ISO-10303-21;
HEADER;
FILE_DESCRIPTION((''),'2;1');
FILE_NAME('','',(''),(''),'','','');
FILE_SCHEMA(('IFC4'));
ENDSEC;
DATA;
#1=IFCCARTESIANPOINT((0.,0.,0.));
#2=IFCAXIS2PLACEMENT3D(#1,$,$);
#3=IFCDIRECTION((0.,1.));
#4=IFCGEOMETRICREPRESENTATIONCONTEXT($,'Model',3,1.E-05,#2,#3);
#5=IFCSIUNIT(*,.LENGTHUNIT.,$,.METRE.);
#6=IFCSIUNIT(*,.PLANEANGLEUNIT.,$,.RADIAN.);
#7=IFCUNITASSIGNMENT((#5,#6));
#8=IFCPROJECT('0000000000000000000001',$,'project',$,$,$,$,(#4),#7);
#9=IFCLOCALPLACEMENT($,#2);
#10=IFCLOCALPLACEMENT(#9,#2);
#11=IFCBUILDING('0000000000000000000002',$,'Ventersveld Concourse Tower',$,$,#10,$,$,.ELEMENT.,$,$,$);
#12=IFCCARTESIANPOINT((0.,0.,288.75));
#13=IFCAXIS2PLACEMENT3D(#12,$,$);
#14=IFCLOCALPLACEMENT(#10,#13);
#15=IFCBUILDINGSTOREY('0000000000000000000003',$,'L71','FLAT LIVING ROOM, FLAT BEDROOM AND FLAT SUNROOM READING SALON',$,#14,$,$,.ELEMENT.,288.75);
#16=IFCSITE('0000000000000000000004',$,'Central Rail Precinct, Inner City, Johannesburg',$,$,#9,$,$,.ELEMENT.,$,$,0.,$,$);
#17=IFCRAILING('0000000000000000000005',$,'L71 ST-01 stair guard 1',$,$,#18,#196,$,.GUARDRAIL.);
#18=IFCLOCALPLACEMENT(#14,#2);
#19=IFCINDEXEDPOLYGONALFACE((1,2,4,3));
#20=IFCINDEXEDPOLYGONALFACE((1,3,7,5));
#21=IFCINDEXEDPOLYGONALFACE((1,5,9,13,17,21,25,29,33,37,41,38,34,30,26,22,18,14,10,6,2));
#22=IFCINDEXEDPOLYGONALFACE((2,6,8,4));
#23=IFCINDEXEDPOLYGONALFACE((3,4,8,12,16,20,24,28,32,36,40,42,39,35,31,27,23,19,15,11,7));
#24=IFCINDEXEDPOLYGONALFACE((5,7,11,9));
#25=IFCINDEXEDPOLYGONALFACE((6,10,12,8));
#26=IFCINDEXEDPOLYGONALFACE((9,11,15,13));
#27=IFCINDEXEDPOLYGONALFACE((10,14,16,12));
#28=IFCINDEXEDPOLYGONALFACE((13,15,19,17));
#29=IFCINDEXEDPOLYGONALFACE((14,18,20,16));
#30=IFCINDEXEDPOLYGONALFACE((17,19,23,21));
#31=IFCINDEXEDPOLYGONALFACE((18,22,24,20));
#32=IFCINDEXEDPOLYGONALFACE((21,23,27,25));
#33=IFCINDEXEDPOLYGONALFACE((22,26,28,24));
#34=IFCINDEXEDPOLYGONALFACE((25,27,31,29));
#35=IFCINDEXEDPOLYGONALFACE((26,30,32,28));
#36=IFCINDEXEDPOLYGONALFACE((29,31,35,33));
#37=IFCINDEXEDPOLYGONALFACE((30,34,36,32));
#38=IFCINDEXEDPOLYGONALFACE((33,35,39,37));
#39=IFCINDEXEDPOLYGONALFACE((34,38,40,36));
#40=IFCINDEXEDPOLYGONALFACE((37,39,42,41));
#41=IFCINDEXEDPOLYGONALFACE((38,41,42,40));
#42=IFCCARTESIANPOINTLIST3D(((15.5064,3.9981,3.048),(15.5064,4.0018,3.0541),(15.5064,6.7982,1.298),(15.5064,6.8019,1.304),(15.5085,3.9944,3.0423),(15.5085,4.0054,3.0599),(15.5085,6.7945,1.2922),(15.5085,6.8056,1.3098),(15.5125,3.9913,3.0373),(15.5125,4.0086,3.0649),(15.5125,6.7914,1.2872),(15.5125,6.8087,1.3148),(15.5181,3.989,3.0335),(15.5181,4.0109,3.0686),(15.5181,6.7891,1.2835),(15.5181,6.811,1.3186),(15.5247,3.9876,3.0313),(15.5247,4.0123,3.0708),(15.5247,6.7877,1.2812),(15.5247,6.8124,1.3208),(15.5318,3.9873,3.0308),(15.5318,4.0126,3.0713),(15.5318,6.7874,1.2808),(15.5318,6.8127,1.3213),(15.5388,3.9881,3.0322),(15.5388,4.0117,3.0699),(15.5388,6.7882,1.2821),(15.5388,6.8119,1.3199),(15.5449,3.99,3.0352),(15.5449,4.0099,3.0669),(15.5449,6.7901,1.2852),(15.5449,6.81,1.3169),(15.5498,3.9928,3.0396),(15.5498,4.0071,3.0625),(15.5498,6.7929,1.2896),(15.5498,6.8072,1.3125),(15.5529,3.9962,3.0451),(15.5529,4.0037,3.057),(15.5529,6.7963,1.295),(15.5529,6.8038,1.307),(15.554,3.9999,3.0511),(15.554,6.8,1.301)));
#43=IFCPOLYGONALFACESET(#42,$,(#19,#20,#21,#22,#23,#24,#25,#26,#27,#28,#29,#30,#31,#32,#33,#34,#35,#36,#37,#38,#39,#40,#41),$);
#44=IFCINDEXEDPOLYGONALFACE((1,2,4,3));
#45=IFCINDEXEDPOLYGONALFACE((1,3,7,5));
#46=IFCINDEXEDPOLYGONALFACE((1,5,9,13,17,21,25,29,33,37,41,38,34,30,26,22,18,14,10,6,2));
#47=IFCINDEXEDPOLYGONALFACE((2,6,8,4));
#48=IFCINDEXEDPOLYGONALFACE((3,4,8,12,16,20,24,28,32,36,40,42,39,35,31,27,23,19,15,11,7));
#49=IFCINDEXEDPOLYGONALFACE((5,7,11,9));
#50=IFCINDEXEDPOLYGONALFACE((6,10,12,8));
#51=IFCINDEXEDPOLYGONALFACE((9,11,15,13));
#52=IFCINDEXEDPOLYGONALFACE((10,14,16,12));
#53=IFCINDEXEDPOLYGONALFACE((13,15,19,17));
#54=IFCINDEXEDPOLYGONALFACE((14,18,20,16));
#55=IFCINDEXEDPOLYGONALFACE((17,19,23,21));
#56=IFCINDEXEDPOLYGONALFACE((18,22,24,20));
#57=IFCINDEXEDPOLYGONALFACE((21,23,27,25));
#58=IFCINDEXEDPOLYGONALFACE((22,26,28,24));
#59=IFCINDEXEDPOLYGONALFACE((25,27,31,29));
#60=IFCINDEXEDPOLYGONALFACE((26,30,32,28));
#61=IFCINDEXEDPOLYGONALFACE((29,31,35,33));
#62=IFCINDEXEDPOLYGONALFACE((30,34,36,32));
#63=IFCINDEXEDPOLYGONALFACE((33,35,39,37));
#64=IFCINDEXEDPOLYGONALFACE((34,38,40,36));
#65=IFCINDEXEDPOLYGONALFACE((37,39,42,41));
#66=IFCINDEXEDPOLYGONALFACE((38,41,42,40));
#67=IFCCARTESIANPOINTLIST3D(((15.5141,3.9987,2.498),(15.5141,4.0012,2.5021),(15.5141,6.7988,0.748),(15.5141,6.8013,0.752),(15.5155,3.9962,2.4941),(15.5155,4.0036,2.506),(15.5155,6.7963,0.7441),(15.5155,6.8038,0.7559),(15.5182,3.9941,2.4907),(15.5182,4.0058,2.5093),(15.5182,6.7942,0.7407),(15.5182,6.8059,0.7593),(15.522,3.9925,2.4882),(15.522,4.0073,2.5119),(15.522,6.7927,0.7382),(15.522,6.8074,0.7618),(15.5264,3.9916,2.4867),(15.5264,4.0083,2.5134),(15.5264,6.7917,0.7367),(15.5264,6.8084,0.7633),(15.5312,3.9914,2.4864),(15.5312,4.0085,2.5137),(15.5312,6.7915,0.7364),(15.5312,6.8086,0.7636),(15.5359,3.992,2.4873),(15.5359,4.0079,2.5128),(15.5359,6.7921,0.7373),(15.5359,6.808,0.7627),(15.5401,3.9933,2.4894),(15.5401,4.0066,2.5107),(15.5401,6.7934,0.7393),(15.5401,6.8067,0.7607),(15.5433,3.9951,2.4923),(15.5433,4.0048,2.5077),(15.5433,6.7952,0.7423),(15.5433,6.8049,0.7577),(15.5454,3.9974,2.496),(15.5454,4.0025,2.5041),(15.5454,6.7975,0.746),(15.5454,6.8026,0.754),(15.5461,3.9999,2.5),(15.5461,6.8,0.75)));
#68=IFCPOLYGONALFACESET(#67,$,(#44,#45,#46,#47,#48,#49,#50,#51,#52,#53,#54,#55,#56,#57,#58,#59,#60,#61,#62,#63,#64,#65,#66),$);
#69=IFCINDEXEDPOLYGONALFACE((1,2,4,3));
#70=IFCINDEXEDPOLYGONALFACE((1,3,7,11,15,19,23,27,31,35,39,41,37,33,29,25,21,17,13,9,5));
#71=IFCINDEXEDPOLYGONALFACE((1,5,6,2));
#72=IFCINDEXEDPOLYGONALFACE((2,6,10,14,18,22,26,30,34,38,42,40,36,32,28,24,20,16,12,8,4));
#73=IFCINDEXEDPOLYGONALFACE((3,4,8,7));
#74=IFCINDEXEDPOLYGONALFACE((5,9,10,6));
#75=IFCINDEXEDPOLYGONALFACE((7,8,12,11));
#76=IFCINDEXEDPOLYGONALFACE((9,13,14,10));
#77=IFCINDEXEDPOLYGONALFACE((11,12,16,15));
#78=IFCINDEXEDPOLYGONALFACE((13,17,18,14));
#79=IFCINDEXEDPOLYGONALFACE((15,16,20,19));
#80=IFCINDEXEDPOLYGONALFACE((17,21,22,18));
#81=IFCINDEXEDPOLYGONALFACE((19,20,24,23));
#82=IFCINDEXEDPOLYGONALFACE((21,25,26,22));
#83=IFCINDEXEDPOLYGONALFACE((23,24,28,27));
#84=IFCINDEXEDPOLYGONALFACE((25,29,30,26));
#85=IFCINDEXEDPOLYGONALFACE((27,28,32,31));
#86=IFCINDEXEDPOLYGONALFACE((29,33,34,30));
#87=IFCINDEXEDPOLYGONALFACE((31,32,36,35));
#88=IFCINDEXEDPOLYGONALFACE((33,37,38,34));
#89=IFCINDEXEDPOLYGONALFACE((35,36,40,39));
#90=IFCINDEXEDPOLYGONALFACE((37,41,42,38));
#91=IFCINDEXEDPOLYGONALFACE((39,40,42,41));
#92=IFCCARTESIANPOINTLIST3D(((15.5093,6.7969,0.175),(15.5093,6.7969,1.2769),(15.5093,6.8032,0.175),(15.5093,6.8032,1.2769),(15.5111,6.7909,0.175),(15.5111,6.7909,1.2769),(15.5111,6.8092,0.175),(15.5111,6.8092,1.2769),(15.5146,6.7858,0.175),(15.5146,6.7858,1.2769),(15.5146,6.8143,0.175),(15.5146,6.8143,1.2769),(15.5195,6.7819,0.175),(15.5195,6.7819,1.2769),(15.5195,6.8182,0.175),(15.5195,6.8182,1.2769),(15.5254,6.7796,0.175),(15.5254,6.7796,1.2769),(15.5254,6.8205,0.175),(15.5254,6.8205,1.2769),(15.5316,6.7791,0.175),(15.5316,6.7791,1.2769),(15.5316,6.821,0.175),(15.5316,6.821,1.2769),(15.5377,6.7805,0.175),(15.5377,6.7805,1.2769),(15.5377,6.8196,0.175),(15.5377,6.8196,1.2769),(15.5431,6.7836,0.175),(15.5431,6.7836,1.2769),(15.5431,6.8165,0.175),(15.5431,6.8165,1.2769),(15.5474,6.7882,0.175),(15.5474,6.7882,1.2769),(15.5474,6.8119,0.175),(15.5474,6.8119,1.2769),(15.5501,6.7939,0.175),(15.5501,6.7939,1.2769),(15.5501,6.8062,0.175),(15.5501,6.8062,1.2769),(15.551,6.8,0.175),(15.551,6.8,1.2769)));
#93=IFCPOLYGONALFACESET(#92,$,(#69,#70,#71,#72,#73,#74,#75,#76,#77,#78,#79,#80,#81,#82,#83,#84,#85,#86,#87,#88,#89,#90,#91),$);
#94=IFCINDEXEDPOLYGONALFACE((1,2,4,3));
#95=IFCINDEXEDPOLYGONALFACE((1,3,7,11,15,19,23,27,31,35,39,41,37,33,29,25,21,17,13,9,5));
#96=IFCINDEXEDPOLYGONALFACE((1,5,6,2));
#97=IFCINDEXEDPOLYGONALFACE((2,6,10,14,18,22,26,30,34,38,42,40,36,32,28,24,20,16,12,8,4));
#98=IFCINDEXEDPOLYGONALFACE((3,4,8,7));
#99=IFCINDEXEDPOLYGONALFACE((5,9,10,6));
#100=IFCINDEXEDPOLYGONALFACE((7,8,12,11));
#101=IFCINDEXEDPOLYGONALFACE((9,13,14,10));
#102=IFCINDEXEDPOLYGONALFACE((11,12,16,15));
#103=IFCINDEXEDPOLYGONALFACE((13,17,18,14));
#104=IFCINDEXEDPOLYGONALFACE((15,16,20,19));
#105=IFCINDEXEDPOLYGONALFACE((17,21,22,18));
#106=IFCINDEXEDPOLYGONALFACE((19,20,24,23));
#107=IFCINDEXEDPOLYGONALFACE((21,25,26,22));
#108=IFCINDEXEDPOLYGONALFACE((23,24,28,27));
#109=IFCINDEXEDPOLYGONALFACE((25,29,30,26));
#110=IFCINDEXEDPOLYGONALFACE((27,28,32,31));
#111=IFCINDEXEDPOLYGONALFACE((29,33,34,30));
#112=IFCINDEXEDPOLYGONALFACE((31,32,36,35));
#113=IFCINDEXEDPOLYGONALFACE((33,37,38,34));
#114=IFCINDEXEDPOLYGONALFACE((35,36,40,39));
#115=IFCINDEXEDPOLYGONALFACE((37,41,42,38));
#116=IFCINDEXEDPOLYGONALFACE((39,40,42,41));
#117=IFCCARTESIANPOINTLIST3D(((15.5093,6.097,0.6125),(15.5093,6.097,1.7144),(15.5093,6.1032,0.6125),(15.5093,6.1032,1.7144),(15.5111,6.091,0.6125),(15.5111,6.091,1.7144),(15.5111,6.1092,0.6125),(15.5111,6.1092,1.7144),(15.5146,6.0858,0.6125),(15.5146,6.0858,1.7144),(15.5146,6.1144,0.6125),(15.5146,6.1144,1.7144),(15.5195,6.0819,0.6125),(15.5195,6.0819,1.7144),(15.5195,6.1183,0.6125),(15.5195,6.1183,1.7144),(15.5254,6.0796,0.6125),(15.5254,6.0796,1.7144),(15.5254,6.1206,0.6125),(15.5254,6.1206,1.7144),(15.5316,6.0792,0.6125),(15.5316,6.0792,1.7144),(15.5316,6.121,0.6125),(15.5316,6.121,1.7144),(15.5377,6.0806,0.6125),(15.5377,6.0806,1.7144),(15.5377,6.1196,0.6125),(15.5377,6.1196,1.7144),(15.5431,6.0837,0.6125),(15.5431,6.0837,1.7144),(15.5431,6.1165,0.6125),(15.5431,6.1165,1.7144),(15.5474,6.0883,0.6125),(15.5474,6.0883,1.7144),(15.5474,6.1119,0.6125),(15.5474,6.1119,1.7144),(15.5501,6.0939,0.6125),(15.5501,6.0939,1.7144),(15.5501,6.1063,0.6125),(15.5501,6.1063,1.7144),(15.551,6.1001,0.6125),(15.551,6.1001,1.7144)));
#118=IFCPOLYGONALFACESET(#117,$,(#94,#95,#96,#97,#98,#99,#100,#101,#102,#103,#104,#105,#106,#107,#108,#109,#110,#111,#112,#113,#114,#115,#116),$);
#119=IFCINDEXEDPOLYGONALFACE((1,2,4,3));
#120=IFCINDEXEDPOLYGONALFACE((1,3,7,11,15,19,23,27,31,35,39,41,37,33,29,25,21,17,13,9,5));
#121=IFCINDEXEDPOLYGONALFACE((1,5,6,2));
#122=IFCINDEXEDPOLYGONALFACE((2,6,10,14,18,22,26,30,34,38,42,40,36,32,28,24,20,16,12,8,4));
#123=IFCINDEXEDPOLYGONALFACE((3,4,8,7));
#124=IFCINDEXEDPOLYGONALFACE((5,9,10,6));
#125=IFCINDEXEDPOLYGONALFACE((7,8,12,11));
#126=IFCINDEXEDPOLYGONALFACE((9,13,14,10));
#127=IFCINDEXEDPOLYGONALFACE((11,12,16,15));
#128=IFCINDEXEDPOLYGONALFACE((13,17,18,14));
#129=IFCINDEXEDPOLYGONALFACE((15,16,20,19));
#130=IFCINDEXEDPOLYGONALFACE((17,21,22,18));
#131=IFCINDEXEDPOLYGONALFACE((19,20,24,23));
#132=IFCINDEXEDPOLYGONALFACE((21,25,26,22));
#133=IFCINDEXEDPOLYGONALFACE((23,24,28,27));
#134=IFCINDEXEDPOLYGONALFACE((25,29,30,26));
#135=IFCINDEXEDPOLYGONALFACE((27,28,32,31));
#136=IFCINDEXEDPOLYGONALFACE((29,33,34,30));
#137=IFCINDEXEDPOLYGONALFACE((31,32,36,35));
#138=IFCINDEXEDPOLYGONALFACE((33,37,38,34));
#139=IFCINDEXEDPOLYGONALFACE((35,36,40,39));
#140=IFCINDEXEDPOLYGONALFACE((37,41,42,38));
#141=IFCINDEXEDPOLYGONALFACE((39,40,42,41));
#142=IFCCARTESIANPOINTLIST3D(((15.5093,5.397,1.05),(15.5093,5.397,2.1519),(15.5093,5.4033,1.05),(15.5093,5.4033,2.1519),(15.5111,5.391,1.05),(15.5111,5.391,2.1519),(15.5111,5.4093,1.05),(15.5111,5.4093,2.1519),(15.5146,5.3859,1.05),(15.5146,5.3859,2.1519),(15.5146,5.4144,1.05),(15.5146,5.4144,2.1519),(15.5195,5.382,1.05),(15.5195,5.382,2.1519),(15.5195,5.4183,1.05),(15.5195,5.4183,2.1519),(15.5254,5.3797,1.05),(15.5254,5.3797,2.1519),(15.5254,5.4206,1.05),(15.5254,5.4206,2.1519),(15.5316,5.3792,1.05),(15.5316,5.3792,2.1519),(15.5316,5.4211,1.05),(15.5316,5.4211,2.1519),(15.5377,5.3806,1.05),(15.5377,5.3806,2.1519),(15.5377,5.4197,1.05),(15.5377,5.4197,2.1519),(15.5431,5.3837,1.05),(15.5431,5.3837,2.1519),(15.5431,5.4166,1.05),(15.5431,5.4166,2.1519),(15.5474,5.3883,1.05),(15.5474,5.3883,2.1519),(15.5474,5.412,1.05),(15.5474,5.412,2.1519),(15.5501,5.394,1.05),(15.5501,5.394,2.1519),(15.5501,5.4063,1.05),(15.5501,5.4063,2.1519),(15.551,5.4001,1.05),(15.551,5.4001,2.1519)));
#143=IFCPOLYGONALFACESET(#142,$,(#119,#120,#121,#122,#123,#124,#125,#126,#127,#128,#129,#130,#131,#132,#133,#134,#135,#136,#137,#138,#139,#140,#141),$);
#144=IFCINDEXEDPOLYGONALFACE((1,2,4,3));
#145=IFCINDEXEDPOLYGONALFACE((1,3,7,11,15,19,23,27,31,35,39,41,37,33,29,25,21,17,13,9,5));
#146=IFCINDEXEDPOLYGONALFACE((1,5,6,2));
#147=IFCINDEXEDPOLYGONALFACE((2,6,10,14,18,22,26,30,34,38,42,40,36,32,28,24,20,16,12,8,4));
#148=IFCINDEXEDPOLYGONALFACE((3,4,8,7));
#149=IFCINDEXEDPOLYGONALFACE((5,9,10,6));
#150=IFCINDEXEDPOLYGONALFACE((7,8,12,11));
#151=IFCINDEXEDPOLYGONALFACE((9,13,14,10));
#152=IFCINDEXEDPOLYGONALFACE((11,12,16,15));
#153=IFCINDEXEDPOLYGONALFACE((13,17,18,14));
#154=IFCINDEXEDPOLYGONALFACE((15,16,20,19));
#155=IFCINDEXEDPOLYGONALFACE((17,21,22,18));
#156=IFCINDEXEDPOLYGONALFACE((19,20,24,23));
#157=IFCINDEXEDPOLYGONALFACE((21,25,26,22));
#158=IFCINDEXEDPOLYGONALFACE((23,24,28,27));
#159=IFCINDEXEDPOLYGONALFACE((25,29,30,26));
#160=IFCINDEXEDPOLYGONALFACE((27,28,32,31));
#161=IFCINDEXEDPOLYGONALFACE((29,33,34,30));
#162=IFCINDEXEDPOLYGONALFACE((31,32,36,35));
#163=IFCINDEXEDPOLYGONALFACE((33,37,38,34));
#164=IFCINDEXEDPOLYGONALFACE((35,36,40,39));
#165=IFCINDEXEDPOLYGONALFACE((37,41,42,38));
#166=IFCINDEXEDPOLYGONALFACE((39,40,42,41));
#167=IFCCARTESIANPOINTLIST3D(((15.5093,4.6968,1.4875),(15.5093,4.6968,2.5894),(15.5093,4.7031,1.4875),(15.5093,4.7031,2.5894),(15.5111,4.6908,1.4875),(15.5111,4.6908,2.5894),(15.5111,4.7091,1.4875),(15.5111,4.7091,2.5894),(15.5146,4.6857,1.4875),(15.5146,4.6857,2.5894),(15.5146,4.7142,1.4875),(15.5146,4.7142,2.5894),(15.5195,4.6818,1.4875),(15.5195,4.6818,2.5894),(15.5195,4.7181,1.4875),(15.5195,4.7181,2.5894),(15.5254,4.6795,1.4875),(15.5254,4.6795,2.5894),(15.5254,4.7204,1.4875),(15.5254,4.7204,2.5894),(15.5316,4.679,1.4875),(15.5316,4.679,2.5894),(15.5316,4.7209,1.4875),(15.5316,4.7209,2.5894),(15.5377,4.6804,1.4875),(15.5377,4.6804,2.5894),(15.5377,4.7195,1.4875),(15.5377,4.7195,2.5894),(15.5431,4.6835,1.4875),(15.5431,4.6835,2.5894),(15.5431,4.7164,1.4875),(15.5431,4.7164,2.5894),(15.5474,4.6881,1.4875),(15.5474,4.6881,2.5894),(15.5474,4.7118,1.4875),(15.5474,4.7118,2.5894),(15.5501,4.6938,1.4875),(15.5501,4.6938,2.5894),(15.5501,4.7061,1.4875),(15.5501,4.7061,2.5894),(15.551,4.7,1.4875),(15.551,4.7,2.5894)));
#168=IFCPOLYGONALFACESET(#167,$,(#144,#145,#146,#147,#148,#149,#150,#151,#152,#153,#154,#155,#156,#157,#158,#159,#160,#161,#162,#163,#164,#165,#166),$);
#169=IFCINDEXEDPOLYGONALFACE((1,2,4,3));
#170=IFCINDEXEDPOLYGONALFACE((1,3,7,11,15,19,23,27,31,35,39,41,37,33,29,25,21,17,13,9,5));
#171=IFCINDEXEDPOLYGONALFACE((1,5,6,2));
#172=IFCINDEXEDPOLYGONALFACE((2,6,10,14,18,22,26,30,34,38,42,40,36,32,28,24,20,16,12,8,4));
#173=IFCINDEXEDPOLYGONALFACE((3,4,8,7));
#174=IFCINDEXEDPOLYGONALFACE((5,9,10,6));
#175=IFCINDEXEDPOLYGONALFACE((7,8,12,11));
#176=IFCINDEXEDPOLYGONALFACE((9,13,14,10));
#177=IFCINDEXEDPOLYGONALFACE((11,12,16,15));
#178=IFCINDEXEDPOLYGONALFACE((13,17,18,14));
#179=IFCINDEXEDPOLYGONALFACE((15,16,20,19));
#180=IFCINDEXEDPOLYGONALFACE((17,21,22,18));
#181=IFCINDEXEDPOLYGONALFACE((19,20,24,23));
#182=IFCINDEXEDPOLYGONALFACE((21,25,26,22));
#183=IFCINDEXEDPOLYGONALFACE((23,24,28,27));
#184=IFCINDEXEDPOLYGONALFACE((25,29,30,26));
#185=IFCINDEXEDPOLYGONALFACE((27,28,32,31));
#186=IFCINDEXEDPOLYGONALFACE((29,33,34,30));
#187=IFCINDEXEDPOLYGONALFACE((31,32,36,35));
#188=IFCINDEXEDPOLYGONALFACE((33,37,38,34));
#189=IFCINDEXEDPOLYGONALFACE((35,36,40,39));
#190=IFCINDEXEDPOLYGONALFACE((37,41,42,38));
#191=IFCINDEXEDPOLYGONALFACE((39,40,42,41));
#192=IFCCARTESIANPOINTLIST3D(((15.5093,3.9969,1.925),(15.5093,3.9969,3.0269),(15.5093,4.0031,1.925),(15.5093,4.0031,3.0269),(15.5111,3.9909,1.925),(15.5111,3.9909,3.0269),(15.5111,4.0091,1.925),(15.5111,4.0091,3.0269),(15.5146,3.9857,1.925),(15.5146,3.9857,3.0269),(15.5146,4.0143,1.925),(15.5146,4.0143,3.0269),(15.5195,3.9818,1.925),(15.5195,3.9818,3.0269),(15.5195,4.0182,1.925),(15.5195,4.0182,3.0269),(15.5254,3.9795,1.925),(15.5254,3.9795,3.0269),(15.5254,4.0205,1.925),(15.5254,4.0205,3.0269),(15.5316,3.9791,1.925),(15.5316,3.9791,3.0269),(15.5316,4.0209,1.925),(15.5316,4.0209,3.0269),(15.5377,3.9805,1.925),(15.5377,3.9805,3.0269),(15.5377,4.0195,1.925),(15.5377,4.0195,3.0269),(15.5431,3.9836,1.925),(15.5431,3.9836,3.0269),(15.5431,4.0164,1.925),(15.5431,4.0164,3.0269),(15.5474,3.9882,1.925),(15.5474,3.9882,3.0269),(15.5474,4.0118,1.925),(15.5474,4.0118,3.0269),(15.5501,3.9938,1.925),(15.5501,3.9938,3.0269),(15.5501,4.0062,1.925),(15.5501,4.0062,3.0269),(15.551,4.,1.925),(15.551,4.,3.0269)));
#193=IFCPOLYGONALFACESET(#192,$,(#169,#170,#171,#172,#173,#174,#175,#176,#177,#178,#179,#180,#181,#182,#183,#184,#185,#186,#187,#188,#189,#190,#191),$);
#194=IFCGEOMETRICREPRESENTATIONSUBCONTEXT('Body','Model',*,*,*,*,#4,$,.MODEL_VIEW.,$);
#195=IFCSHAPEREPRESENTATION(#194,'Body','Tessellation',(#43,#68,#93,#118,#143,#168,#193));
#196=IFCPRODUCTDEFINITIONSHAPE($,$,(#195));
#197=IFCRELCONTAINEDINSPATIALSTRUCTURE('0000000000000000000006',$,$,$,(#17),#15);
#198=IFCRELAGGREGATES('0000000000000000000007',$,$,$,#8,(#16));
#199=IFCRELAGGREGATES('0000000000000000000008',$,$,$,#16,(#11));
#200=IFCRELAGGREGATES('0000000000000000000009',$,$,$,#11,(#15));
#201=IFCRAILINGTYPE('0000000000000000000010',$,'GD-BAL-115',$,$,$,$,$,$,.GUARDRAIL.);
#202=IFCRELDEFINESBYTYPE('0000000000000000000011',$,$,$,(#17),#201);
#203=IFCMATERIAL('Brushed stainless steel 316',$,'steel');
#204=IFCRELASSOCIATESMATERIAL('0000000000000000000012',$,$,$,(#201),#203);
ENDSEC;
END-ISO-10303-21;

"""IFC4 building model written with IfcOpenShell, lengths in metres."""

from ifc_helpers import new_model, si_unit, direction, frame, origin, origin_2d, place, context, subcontext, project, spatial, circle, extrude, material, type_object, element, save


model = new_model("IFC4")

# Units and contexts
model_context = context("Model", 3, precision=1e-05, world=origin(), true_north=direction((0.0, 1.0)))
body_context = subcontext(model_context, "Body", "Model", "MODEL_VIEW")
ifc_project = project(units=[si_unit("LENGTHUNIT", "METRE"), si_unit("PLANEANGLEUNIT", "RADIAN")], contexts=[model_context])

# Site, building, storey
site_placement = place(None, origin())
site = spatial("IfcSite", under=ifc_project, at=site_placement, Name="Central Rail Precinct, Inner City, Johannesburg", CompositionType="ELEMENT", RefElevation=0.0)
building_placement = place(site_placement, origin())
building = spatial("IfcBuilding", under=site, at=building_placement, Name="Ventersveld Concourse Tower", CompositionType="ELEMENT")
storey_placement = place(building_placement, frame((0.0, 0.0, 288.75)))
storey = spatial("IfcBuildingStorey", under=building, at=storey_placement, Name="L71", Description="FLAT LIVING ROOM, FLAT BEDROOM AND FLAT SUNROOM READING SALON", CompositionType="ELEMENT", Elevation=288.75)

# Shared definitions
ifc_material_1 = material(Name="Brushed stainless steel 316", Category="steel")

# Railing
railing_type_1 = type_object("IfcRailingType", Name="GD-BAL-115", PredefinedType="GUARDRAIL", material=ifc_material_1)
railing_1_placement = place(storey_placement, frame((15.53, 6.8, 0.175)))
element("IfcRailing", 1, at=railing_1_placement, inside=storey, type_object=railing_type_1, Name="L71 ST-01 stair guard 1", PredefinedType="GUARDRAIL", context=body_context, shape_type="SweptSolid", body=[
    extrude(circle(Radius=0.0239, at=origin_2d()), frame((0.0, 0.0, 1.126), z_axis=(0.0, -0.848002, 0.529992), x_axis=(1.0, 0.0, 0.0)), (0.0, 0.0, 1.0), 3.302),
    extrude(circle(Radius=0.0161, at=origin_2d()), frame((0.0, 0.0, 0.575), z_axis=(0.0, -0.848002, 0.529992), x_axis=(1.0, 0.0, 0.0)), (0.0, 0.0, 1.0), 3.302),
    extrude(circle(Radius=0.021, at=origin_2d()), origin(), (0.0, 0.0, 1.0), 1.1018),
    extrude(circle(Radius=0.021, at=origin_2d()), frame((0.0, -0.7, 0.4375)), (0.0, 0.0, 1.0), 1.1018),
    extrude(circle(Radius=0.021, at=origin_2d()), frame((0.0, -1.3999, 0.875)), (0.0, 0.0, 1.0), 1.1018),
    extrude(circle(Radius=0.021, at=origin_2d()), frame((0.0, -2.1001, 1.3125)), (0.0, 0.0, 1.0), 1.1018),
    extrude(circle(Radius=0.021, at=origin_2d()), frame((0.0, -2.8, 1.75)), (0.0, 0.0, 1.0), 1.1018),
])

save(model, "model.ifc")
